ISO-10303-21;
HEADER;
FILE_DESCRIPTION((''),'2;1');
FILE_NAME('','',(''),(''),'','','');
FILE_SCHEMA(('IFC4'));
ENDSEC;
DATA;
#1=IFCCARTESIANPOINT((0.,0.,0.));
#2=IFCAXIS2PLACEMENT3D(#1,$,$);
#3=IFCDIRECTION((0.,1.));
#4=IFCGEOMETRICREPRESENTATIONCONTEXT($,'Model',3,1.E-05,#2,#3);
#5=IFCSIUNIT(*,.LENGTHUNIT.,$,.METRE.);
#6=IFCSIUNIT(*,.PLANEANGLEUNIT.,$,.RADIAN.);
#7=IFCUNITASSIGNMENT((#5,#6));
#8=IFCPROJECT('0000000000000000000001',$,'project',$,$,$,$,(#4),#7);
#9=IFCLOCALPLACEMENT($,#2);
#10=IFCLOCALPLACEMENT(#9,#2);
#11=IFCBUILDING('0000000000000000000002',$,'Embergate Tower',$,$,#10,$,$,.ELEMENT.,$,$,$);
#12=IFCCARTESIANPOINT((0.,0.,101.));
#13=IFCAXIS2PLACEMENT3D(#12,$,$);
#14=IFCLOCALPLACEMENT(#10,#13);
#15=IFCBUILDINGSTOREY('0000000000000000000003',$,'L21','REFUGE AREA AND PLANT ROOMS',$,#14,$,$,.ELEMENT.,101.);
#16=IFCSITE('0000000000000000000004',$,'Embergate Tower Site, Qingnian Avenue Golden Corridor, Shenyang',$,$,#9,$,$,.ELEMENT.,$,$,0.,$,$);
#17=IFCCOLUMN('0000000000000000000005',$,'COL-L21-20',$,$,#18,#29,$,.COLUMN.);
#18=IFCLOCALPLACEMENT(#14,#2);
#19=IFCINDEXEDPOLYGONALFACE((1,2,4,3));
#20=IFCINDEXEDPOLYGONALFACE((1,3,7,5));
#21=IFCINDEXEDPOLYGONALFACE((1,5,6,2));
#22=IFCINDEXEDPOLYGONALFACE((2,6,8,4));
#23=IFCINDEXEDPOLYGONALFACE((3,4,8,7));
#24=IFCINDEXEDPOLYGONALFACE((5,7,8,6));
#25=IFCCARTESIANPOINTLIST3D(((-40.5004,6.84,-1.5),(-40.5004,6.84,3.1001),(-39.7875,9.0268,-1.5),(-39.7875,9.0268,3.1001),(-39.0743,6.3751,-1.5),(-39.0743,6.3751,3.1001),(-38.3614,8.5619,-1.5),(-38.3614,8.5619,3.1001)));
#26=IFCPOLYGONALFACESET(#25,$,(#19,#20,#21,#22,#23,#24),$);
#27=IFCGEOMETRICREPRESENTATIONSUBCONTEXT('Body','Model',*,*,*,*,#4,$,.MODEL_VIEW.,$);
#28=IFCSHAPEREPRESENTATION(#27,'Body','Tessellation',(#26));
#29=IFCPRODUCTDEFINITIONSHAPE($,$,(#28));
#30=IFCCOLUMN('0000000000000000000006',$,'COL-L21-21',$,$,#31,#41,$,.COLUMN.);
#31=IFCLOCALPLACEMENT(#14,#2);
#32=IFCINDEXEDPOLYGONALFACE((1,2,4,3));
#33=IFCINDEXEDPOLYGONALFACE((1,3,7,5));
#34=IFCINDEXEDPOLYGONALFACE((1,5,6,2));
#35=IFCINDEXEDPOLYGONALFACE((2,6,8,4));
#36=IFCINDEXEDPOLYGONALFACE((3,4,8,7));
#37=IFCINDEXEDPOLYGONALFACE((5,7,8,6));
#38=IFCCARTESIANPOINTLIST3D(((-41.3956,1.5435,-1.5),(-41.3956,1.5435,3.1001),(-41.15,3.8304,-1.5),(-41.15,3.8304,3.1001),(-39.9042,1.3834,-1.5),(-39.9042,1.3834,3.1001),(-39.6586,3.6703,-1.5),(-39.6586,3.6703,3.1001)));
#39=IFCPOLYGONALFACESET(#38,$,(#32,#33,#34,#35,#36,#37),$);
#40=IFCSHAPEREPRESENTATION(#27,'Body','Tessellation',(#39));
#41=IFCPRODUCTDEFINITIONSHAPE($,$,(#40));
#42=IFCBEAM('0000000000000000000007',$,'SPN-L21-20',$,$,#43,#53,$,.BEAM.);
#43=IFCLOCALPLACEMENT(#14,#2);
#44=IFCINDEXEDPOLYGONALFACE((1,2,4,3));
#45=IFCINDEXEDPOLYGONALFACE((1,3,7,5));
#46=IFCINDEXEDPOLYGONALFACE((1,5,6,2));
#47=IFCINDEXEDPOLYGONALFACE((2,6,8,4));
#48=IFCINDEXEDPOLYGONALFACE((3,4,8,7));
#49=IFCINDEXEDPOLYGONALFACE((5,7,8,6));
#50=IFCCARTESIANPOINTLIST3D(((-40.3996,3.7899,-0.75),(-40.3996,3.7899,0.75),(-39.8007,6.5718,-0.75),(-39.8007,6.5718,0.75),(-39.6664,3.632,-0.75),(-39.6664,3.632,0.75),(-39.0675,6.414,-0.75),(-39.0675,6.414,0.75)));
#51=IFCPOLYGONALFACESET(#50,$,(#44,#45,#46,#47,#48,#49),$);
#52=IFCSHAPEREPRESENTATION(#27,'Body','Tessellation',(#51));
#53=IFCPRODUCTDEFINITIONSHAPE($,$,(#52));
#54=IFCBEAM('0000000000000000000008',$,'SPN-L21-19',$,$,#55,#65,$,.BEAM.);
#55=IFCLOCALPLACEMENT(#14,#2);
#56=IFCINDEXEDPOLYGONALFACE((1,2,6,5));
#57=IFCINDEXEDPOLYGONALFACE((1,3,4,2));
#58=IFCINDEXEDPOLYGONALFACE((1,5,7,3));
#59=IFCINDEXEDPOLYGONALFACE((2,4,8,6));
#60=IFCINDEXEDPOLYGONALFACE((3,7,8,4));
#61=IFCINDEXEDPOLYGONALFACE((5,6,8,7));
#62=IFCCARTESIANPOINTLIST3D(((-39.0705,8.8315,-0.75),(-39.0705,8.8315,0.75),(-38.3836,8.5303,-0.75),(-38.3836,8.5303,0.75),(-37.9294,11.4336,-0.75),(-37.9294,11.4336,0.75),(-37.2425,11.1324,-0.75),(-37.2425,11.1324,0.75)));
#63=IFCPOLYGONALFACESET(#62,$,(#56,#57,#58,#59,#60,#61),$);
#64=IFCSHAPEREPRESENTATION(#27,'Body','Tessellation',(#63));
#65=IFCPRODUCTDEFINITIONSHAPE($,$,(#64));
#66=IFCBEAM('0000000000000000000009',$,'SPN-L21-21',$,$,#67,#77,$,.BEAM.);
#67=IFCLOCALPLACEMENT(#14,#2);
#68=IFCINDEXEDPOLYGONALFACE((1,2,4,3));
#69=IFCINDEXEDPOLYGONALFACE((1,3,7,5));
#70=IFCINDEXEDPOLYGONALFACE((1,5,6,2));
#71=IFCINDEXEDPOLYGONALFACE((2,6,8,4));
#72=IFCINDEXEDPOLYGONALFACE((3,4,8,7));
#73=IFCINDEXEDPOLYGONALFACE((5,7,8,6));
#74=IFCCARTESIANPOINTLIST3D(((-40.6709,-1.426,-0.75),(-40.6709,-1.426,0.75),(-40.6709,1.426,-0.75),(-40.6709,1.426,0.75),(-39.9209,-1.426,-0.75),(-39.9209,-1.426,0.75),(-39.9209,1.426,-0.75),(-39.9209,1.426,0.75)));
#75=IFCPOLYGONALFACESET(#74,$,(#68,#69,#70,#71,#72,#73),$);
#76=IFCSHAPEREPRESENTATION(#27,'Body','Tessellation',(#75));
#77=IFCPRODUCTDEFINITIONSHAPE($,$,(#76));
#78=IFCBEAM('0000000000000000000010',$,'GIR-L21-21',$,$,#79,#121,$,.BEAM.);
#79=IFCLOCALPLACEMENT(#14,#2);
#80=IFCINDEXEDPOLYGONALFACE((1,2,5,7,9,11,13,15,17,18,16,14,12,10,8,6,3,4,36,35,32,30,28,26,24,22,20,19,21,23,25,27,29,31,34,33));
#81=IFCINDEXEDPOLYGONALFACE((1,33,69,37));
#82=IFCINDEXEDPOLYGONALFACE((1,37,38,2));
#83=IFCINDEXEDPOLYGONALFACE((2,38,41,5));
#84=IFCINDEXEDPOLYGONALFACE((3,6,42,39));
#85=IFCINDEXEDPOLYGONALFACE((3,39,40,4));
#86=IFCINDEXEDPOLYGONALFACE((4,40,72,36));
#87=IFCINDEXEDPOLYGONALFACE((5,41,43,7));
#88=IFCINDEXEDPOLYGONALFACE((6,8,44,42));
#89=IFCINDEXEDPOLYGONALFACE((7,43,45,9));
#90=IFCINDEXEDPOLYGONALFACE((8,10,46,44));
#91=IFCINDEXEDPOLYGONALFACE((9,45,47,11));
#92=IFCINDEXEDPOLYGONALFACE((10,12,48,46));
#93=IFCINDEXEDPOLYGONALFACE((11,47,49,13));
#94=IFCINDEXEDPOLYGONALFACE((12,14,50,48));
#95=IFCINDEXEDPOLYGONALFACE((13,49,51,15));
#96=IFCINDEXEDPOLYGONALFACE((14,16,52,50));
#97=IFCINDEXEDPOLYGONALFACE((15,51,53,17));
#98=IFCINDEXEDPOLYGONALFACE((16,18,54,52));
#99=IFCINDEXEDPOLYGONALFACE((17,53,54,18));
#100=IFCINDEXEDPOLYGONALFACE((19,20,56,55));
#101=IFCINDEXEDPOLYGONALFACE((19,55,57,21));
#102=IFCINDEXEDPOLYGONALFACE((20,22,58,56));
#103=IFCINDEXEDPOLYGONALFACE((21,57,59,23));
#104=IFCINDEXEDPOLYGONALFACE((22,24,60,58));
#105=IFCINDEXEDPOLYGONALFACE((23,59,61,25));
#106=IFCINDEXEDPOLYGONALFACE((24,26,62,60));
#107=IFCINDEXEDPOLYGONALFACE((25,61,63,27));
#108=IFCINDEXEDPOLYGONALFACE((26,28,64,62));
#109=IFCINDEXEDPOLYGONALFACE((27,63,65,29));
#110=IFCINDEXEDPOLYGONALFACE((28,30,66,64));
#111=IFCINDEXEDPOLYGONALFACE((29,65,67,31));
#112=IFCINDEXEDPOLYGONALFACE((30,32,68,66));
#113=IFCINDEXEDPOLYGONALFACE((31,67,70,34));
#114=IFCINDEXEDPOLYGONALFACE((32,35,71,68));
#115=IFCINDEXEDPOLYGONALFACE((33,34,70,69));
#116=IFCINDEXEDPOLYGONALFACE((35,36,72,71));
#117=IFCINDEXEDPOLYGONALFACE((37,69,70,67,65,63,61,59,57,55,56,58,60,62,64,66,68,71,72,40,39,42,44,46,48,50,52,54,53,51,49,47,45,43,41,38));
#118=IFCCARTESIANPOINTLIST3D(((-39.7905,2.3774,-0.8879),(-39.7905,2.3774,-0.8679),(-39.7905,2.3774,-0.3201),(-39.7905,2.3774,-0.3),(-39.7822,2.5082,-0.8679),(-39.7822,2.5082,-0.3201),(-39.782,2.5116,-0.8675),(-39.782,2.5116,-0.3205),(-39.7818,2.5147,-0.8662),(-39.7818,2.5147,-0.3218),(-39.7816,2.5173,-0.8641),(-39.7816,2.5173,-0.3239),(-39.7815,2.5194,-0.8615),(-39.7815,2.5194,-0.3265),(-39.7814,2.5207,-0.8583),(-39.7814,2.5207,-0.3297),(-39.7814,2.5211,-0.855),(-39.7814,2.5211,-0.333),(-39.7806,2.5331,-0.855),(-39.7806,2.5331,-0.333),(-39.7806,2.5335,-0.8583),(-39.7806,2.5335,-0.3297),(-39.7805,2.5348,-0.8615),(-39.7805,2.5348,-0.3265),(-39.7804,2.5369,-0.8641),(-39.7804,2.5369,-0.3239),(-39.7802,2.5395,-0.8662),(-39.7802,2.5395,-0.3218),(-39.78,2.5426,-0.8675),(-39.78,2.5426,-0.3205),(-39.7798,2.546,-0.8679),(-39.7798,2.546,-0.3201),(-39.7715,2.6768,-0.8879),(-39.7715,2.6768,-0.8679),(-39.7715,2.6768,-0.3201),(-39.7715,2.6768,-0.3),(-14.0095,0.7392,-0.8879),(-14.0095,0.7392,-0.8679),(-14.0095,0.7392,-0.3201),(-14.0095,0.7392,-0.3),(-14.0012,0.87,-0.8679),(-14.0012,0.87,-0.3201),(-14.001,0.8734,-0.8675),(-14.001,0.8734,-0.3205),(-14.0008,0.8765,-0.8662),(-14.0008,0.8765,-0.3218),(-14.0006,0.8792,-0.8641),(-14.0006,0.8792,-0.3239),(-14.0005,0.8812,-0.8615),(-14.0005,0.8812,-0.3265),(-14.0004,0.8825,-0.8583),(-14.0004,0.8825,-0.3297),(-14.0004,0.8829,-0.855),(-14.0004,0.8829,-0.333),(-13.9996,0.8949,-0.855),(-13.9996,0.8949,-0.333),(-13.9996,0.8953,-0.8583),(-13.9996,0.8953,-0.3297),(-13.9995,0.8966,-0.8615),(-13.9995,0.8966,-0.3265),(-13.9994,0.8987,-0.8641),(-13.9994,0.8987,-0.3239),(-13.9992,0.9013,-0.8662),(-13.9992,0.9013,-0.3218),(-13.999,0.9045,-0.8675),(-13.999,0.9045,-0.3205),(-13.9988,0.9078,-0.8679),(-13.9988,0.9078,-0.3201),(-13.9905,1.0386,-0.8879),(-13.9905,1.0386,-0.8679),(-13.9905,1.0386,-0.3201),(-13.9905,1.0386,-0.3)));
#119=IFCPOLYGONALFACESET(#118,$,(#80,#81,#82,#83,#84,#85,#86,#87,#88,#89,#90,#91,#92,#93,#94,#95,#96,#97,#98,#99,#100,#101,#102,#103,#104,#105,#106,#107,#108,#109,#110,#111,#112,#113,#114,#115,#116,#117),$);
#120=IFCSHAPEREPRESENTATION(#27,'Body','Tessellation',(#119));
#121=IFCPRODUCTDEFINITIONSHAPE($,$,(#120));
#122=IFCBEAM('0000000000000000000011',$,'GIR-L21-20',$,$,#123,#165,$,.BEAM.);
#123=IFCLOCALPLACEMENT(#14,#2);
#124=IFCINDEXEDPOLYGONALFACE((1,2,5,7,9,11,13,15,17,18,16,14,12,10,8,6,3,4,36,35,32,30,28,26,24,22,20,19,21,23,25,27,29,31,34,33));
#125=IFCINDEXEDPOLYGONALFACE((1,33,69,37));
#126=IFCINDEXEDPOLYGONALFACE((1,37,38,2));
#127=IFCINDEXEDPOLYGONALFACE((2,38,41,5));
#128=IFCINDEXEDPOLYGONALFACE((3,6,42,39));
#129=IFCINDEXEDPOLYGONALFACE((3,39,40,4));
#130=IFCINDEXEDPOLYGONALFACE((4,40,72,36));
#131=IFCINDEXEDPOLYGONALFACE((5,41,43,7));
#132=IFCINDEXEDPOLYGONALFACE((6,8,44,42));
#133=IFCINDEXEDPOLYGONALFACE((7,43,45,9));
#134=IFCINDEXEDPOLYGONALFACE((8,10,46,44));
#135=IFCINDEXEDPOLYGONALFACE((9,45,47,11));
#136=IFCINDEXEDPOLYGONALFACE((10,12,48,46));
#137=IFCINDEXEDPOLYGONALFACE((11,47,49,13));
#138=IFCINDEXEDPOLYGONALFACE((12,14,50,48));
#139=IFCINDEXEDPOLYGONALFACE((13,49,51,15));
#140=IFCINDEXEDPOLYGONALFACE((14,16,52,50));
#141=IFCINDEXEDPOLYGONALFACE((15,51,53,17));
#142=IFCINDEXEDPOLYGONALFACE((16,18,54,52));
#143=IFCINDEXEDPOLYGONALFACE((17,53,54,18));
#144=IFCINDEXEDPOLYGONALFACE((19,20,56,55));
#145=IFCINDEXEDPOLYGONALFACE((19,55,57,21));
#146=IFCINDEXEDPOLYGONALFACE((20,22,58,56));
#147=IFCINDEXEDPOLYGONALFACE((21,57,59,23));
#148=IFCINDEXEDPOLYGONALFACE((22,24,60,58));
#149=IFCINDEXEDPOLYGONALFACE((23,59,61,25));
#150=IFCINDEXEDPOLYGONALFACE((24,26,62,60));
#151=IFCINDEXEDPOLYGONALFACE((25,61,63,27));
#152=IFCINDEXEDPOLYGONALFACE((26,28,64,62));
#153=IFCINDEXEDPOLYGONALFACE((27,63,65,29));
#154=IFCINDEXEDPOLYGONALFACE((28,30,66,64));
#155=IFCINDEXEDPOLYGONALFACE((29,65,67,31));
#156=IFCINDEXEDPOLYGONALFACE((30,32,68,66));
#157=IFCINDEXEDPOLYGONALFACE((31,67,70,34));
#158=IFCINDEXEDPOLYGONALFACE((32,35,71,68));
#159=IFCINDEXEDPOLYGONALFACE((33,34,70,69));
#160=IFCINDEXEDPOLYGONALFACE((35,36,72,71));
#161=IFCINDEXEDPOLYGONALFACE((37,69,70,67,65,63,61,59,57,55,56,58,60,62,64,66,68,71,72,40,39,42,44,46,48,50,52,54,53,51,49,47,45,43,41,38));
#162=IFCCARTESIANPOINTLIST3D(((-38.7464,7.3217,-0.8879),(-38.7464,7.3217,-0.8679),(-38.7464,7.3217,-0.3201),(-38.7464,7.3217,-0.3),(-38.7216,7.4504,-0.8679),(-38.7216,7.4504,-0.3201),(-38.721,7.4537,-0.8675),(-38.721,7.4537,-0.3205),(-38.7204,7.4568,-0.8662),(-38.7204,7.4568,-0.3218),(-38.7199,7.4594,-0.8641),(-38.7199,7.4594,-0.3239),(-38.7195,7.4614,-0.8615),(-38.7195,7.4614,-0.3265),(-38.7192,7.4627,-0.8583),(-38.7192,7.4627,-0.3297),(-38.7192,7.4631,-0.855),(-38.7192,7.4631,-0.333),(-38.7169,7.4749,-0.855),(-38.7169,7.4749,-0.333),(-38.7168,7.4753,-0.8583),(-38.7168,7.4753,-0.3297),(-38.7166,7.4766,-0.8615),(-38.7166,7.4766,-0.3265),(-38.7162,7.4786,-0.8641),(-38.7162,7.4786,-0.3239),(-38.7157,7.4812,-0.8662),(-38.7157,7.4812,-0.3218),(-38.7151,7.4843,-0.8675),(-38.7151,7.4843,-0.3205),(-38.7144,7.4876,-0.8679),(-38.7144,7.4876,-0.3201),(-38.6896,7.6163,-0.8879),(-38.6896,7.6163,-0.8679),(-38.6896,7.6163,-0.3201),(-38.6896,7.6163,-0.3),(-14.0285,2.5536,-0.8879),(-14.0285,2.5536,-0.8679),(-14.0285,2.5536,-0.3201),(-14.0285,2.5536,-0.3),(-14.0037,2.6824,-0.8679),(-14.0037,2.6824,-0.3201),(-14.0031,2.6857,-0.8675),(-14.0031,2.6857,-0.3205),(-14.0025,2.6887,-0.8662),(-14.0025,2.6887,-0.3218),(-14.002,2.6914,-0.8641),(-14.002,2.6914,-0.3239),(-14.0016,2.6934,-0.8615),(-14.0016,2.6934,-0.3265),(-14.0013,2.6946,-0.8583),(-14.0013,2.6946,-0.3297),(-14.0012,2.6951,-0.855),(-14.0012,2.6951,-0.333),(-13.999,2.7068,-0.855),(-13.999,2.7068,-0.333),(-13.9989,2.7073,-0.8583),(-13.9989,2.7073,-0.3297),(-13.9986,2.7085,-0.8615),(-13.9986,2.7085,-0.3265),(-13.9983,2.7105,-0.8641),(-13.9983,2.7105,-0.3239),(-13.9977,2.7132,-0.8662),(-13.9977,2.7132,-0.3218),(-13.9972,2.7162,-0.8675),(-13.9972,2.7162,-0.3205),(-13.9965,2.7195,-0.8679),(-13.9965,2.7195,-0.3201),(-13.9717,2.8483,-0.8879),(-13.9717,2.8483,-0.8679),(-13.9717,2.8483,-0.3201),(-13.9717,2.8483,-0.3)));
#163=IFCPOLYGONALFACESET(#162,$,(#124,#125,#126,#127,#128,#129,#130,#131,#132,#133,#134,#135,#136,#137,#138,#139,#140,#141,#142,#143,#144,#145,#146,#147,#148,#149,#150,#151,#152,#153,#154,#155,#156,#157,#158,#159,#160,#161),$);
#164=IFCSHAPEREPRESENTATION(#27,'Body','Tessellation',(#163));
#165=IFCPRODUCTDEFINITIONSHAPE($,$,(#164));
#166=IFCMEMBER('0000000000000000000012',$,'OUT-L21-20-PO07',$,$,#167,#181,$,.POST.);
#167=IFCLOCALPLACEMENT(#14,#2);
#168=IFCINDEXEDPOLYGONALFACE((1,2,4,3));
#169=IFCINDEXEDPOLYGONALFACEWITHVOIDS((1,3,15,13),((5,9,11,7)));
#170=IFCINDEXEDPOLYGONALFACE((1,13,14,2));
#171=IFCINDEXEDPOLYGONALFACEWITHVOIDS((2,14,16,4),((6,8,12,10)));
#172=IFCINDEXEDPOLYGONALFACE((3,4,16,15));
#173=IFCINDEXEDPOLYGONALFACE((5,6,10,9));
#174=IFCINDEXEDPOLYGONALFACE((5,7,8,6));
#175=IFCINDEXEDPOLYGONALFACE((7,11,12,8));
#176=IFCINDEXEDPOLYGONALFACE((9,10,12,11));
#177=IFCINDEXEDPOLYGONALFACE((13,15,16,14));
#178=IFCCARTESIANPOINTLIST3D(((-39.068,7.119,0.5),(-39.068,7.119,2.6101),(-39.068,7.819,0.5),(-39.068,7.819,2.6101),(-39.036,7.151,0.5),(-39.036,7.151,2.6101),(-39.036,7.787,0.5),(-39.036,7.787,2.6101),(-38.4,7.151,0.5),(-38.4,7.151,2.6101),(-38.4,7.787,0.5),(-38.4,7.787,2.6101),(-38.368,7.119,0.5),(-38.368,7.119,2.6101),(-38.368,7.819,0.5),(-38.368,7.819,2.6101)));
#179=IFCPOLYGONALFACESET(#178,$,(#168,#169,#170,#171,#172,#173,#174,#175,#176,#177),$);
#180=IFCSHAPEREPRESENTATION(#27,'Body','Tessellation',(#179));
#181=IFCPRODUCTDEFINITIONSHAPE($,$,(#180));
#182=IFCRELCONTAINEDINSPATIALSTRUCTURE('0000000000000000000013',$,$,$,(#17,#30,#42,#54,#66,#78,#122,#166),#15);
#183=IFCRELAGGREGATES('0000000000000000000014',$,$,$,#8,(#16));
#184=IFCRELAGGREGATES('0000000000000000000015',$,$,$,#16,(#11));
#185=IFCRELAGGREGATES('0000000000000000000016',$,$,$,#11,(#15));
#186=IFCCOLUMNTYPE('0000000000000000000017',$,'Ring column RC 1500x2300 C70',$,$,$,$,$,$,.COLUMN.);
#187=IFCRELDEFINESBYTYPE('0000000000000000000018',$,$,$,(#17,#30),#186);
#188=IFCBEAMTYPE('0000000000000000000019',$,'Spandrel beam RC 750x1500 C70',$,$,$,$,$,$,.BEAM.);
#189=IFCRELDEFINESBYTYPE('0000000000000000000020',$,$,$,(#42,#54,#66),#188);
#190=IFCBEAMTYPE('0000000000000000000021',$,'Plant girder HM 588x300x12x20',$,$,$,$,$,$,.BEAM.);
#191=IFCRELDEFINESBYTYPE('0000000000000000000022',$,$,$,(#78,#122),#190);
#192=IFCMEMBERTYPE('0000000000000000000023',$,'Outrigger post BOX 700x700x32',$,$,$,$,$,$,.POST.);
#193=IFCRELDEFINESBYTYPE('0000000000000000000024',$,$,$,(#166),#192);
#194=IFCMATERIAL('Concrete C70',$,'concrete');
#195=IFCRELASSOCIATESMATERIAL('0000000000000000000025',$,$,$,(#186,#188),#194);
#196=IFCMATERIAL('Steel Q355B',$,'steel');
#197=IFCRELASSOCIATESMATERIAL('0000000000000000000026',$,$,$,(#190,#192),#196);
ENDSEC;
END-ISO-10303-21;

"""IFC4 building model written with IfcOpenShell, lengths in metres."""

from ifc_helpers import new_model, si_unit, direction, frame, origin, origin_2d, place, context, subcontext, project, spatial, rectangle, hollow_rectangle, i_section, extrude, source, transform, mapped, material, material_profile, profile_set, type_object, element, save


model = new_model("IFC4")

# Units and contexts
model_context = context("Model", 3, precision=1e-05, world=origin(), true_north=direction((0.0, 1.0)))
body_context = subcontext(model_context, "Body", "Model", "MODEL_VIEW")
ifc_project = project(units=[si_unit("LENGTHUNIT", "METRE"), si_unit("PLANEANGLEUNIT", "RADIAN")], contexts=[model_context])

# Site, building, storey
site_placement = place(None, origin())
site = spatial("IfcSite", under=ifc_project, at=site_placement, Name="Embergate Tower Site, Qingnian Avenue Golden Corridor, Shenyang", CompositionType="ELEMENT", RefElevation=0.0)
building_placement = place(site_placement, origin())
building = spatial("IfcBuilding", under=site, at=building_placement, Name="Embergate Tower", CompositionType="ELEMENT")
storey_placement = place(building_placement, frame((0.0, 0.0, 101.0)))
storey = spatial("IfcBuildingStorey", under=building, at=storey_placement, Name="L21", Description="REFUGE AREA AND PLANT ROOMS", CompositionType="ELEMENT", Elevation=101.0)

# Columns
ifc_material_1 = material(Name="Concrete C70", Category="concrete")
ifc_material_profile_1 = material_profile(ifc_material_1, rectangle(XDim=1.5, YDim=2.3, at=origin_2d()), Name="RC 1500x2300")
ifc_profile_set_1 = profile_set([ifc_material_profile_1], Name="Concrete C70")
column_type = type_object("IfcColumnType", Name="Ring column RC 1500x2300 C70", PredefinedType="COLUMN", material=ifc_profile_set_1)
shared_shape_1 = source(origin(), body_context, "Body", "SweptSolid", [
    extrude(rectangle(XDim=1.5, YDim=2.3, at=origin_2d()), origin(), (0.0, 0.0, 1.0), 4.6001),
])
for number, where, z_axis, x_axis, name in (
    (1, (-39.4309, 7.7009, -1.5), (0.0, 0.0, 1.0), (-0.950754, 0.309946, 0.0), "COL-L21-20"),
    (2, (-40.5271, 2.6069, -1.5), (0.0, 0.0, 1.0), (-0.994286, 0.10675, 0.0), "COL-L21-21"),
):
    element("IfcColumn", number, at=place(storey_placement, frame(where, z_axis=z_axis, x_axis=x_axis)), inside=storey, type_object=column_type, Name=name, PredefinedType="COLUMN", context=body_context, shape_type="MappedRepresentation", body=[
        mapped(shared_shape_1, transform((0.0, 0.0, 0.0))),
    ])

# Beams
ifc_material_profile_2 = material_profile(ifc_material_1, rectangle(XDim=0.75, YDim=1.5, at=origin_2d()), Name="RC 750x1500")
ifc_profile_set_2 = profile_set([ifc_material_profile_2], Name="Concrete C70")
beam_type_1 = type_object("IfcBeamType", Name="Spandrel beam RC 750x1500 C70", PredefinedType="BEAM", material=ifc_profile_set_2)
shared_shape_2 = source(origin(), body_context, "Body", "SweptSolid", [
    extrude(rectangle(XDim=0.75, YDim=1.5, at=origin_2d()), origin(), (0.0, 0.0, 1.0), 2.8457),
])
beam_1_placement = place(storey_placement, frame((-39.4341, 6.4929, 0.0), z_axis=(-0.210449, -0.977605, 0.0), x_axis=(0.977605, -0.210449, 0.0)))
element("IfcBeam", 3, at=beam_1_placement, inside=storey, type_object=beam_type_1, Name="SPN-L21-20", PredefinedType="BEAM", context=body_context, shape_type="MappedRepresentation", body=[
    mapped(shared_shape_2, transform((0.0, 0.0, 0.0))),
])
shared_shape_3 = source(origin(), body_context, "Body", "SweptSolid", [
    extrude(rectangle(XDim=0.75, YDim=1.5, at=origin_2d()), origin(), (0.0, 0.0, 1.0), 2.8413),
])
beam_2_placement = place(storey_placement, frame((-37.5859, 11.283, 0.0), z_axis=(-0.401621, -0.915806, 0.0), x_axis=(0.915806, -0.401621, 0.0)))
element("IfcBeam", 4, at=beam_2_placement, inside=storey, type_object=beam_type_1, Name="SPN-L21-19", PredefinedType="BEAM", context=body_context, shape_type="MappedRepresentation", body=[
    mapped(shared_shape_3, transform((0.0, 0.0, 0.0))),
])
shared_shape_4 = source(origin(), body_context, "Body", "SweptSolid", [
    extrude(rectangle(XDim=0.75, YDim=1.5, at=origin_2d()), origin(), (0.0, 0.0, 1.0), 2.8521),
])
beam_3_placement = place(storey_placement, frame((-40.2959, 1.426, 0.0), z_axis=(0.0, -1.0, 0.0), x_axis=(1.0, 0.0, 0.0)))
element("IfcBeam", 5, at=beam_3_placement, inside=storey, type_object=beam_type_1, Name="SPN-L21-21", PredefinedType="BEAM", context=body_context, shape_type="MappedRepresentation", body=[
    mapped(shared_shape_4, transform((0.0, 0.0, 0.0))),
])
ifc_material_2 = material(Name="Steel Q355B", Category="steel")
ifc_material_profile_3 = material_profile(ifc_material_2, i_section(OverallWidth=0.3, OverallDepth=0.5879, WebThickness=0.012, FlangeThickness=0.02, FilletRadius=0.0129, at=origin_2d()), Name="HM 588x300x12x20")
ifc_profile_set_3 = profile_set([ifc_material_profile_3], Name="Steel Q355 grade B")
beam_type_2 = type_object("IfcBeamType", Name="Plant girder HM 588x300x12x20", PredefinedType="BEAM", material=ifc_profile_set_3)
shared_shape_5 = source(origin(), body_context, "Body", "SweptSolid", [
    extrude(i_section(OverallWidth=0.3, OverallDepth=0.5879, WebThickness=0.012, FlangeThickness=0.02, FilletRadius=0.0129, at=origin_2d()), origin(), (0.0, 0.0, 1.0), 25.833),
])
beam_4_placement = place(storey_placement, frame((-39.781, 2.5271, -0.594), z_axis=(0.997987, -0.063414, 0.0), x_axis=(0.063414, 0.997987, 0.0)))
element("IfcBeam", 6, at=beam_4_placement, inside=storey, type_object=beam_type_2, Name="GIR-L21-21", PredefinedType="BEAM", context=body_context, shape_type="MappedRepresentation", body=[
    mapped(shared_shape_5, transform((0.0, 0.0, 0.0))),
])
shared_shape_6 = source(origin(), body_context, "Body", "SweptSolid", [
    extrude(i_section(OverallWidth=0.3, OverallDepth=0.5879, WebThickness=0.012, FlangeThickness=0.02, FilletRadius=0.0129, at=origin_2d()), origin(), (0.0, 0.0, 1.0), 25.1736),
])
beam_5_placement = place(storey_placement, frame((-38.718, 7.469, -0.594), z_axis=(0.981899, -0.189407, 0.0), x_axis=(0.189407, 0.981899, 0.0)))
element("IfcBeam", 7, at=beam_5_placement, inside=storey, type_object=beam_type_2, Name="GIR-L21-20", PredefinedType="BEAM", context=body_context, shape_type="MappedRepresentation", body=[
    mapped(shared_shape_6, transform((0.0, 0.0, 0.0))),
])

# Member
ifc_material_profile_4 = material_profile(ifc_material_2, hollow_rectangle(XDim=0.7, YDim=0.7, WallThickness=0.032, at=origin_2d()), Name="BOX 700x700x32")
ifc_profile_set_4 = profile_set([ifc_material_profile_4], Name="Steel Q355 grade B")
member_type_1 = type_object("IfcMemberType", Name="Outrigger post BOX 700x700x32", PredefinedType="POST", material=ifc_profile_set_4)
shared_shape_7 = source(origin(), body_context, "Body", "SweptSolid", [
    extrude(hollow_rectangle(XDim=0.7, YDim=0.7, WallThickness=0.032, at=origin_2d()), origin(), (0.0, 0.0, 1.0), 2.1101),
])
member_1_placement = place(storey_placement, frame((-38.718, 7.469, 0.5), z_axis=(0.0, 0.0, 1.0), x_axis=(1.0, 0.0, 0.0)))
element("IfcMember", 8, at=member_1_placement, inside=storey, type_object=member_type_1, Name="OUT-L21-20-PO07", PredefinedType="POST", context=body_context, shape_type="MappedRepresentation", body=[
    mapped(shared_shape_7, transform((0.0, 0.0, 0.0))),
])

save(model, "model.ifc")
